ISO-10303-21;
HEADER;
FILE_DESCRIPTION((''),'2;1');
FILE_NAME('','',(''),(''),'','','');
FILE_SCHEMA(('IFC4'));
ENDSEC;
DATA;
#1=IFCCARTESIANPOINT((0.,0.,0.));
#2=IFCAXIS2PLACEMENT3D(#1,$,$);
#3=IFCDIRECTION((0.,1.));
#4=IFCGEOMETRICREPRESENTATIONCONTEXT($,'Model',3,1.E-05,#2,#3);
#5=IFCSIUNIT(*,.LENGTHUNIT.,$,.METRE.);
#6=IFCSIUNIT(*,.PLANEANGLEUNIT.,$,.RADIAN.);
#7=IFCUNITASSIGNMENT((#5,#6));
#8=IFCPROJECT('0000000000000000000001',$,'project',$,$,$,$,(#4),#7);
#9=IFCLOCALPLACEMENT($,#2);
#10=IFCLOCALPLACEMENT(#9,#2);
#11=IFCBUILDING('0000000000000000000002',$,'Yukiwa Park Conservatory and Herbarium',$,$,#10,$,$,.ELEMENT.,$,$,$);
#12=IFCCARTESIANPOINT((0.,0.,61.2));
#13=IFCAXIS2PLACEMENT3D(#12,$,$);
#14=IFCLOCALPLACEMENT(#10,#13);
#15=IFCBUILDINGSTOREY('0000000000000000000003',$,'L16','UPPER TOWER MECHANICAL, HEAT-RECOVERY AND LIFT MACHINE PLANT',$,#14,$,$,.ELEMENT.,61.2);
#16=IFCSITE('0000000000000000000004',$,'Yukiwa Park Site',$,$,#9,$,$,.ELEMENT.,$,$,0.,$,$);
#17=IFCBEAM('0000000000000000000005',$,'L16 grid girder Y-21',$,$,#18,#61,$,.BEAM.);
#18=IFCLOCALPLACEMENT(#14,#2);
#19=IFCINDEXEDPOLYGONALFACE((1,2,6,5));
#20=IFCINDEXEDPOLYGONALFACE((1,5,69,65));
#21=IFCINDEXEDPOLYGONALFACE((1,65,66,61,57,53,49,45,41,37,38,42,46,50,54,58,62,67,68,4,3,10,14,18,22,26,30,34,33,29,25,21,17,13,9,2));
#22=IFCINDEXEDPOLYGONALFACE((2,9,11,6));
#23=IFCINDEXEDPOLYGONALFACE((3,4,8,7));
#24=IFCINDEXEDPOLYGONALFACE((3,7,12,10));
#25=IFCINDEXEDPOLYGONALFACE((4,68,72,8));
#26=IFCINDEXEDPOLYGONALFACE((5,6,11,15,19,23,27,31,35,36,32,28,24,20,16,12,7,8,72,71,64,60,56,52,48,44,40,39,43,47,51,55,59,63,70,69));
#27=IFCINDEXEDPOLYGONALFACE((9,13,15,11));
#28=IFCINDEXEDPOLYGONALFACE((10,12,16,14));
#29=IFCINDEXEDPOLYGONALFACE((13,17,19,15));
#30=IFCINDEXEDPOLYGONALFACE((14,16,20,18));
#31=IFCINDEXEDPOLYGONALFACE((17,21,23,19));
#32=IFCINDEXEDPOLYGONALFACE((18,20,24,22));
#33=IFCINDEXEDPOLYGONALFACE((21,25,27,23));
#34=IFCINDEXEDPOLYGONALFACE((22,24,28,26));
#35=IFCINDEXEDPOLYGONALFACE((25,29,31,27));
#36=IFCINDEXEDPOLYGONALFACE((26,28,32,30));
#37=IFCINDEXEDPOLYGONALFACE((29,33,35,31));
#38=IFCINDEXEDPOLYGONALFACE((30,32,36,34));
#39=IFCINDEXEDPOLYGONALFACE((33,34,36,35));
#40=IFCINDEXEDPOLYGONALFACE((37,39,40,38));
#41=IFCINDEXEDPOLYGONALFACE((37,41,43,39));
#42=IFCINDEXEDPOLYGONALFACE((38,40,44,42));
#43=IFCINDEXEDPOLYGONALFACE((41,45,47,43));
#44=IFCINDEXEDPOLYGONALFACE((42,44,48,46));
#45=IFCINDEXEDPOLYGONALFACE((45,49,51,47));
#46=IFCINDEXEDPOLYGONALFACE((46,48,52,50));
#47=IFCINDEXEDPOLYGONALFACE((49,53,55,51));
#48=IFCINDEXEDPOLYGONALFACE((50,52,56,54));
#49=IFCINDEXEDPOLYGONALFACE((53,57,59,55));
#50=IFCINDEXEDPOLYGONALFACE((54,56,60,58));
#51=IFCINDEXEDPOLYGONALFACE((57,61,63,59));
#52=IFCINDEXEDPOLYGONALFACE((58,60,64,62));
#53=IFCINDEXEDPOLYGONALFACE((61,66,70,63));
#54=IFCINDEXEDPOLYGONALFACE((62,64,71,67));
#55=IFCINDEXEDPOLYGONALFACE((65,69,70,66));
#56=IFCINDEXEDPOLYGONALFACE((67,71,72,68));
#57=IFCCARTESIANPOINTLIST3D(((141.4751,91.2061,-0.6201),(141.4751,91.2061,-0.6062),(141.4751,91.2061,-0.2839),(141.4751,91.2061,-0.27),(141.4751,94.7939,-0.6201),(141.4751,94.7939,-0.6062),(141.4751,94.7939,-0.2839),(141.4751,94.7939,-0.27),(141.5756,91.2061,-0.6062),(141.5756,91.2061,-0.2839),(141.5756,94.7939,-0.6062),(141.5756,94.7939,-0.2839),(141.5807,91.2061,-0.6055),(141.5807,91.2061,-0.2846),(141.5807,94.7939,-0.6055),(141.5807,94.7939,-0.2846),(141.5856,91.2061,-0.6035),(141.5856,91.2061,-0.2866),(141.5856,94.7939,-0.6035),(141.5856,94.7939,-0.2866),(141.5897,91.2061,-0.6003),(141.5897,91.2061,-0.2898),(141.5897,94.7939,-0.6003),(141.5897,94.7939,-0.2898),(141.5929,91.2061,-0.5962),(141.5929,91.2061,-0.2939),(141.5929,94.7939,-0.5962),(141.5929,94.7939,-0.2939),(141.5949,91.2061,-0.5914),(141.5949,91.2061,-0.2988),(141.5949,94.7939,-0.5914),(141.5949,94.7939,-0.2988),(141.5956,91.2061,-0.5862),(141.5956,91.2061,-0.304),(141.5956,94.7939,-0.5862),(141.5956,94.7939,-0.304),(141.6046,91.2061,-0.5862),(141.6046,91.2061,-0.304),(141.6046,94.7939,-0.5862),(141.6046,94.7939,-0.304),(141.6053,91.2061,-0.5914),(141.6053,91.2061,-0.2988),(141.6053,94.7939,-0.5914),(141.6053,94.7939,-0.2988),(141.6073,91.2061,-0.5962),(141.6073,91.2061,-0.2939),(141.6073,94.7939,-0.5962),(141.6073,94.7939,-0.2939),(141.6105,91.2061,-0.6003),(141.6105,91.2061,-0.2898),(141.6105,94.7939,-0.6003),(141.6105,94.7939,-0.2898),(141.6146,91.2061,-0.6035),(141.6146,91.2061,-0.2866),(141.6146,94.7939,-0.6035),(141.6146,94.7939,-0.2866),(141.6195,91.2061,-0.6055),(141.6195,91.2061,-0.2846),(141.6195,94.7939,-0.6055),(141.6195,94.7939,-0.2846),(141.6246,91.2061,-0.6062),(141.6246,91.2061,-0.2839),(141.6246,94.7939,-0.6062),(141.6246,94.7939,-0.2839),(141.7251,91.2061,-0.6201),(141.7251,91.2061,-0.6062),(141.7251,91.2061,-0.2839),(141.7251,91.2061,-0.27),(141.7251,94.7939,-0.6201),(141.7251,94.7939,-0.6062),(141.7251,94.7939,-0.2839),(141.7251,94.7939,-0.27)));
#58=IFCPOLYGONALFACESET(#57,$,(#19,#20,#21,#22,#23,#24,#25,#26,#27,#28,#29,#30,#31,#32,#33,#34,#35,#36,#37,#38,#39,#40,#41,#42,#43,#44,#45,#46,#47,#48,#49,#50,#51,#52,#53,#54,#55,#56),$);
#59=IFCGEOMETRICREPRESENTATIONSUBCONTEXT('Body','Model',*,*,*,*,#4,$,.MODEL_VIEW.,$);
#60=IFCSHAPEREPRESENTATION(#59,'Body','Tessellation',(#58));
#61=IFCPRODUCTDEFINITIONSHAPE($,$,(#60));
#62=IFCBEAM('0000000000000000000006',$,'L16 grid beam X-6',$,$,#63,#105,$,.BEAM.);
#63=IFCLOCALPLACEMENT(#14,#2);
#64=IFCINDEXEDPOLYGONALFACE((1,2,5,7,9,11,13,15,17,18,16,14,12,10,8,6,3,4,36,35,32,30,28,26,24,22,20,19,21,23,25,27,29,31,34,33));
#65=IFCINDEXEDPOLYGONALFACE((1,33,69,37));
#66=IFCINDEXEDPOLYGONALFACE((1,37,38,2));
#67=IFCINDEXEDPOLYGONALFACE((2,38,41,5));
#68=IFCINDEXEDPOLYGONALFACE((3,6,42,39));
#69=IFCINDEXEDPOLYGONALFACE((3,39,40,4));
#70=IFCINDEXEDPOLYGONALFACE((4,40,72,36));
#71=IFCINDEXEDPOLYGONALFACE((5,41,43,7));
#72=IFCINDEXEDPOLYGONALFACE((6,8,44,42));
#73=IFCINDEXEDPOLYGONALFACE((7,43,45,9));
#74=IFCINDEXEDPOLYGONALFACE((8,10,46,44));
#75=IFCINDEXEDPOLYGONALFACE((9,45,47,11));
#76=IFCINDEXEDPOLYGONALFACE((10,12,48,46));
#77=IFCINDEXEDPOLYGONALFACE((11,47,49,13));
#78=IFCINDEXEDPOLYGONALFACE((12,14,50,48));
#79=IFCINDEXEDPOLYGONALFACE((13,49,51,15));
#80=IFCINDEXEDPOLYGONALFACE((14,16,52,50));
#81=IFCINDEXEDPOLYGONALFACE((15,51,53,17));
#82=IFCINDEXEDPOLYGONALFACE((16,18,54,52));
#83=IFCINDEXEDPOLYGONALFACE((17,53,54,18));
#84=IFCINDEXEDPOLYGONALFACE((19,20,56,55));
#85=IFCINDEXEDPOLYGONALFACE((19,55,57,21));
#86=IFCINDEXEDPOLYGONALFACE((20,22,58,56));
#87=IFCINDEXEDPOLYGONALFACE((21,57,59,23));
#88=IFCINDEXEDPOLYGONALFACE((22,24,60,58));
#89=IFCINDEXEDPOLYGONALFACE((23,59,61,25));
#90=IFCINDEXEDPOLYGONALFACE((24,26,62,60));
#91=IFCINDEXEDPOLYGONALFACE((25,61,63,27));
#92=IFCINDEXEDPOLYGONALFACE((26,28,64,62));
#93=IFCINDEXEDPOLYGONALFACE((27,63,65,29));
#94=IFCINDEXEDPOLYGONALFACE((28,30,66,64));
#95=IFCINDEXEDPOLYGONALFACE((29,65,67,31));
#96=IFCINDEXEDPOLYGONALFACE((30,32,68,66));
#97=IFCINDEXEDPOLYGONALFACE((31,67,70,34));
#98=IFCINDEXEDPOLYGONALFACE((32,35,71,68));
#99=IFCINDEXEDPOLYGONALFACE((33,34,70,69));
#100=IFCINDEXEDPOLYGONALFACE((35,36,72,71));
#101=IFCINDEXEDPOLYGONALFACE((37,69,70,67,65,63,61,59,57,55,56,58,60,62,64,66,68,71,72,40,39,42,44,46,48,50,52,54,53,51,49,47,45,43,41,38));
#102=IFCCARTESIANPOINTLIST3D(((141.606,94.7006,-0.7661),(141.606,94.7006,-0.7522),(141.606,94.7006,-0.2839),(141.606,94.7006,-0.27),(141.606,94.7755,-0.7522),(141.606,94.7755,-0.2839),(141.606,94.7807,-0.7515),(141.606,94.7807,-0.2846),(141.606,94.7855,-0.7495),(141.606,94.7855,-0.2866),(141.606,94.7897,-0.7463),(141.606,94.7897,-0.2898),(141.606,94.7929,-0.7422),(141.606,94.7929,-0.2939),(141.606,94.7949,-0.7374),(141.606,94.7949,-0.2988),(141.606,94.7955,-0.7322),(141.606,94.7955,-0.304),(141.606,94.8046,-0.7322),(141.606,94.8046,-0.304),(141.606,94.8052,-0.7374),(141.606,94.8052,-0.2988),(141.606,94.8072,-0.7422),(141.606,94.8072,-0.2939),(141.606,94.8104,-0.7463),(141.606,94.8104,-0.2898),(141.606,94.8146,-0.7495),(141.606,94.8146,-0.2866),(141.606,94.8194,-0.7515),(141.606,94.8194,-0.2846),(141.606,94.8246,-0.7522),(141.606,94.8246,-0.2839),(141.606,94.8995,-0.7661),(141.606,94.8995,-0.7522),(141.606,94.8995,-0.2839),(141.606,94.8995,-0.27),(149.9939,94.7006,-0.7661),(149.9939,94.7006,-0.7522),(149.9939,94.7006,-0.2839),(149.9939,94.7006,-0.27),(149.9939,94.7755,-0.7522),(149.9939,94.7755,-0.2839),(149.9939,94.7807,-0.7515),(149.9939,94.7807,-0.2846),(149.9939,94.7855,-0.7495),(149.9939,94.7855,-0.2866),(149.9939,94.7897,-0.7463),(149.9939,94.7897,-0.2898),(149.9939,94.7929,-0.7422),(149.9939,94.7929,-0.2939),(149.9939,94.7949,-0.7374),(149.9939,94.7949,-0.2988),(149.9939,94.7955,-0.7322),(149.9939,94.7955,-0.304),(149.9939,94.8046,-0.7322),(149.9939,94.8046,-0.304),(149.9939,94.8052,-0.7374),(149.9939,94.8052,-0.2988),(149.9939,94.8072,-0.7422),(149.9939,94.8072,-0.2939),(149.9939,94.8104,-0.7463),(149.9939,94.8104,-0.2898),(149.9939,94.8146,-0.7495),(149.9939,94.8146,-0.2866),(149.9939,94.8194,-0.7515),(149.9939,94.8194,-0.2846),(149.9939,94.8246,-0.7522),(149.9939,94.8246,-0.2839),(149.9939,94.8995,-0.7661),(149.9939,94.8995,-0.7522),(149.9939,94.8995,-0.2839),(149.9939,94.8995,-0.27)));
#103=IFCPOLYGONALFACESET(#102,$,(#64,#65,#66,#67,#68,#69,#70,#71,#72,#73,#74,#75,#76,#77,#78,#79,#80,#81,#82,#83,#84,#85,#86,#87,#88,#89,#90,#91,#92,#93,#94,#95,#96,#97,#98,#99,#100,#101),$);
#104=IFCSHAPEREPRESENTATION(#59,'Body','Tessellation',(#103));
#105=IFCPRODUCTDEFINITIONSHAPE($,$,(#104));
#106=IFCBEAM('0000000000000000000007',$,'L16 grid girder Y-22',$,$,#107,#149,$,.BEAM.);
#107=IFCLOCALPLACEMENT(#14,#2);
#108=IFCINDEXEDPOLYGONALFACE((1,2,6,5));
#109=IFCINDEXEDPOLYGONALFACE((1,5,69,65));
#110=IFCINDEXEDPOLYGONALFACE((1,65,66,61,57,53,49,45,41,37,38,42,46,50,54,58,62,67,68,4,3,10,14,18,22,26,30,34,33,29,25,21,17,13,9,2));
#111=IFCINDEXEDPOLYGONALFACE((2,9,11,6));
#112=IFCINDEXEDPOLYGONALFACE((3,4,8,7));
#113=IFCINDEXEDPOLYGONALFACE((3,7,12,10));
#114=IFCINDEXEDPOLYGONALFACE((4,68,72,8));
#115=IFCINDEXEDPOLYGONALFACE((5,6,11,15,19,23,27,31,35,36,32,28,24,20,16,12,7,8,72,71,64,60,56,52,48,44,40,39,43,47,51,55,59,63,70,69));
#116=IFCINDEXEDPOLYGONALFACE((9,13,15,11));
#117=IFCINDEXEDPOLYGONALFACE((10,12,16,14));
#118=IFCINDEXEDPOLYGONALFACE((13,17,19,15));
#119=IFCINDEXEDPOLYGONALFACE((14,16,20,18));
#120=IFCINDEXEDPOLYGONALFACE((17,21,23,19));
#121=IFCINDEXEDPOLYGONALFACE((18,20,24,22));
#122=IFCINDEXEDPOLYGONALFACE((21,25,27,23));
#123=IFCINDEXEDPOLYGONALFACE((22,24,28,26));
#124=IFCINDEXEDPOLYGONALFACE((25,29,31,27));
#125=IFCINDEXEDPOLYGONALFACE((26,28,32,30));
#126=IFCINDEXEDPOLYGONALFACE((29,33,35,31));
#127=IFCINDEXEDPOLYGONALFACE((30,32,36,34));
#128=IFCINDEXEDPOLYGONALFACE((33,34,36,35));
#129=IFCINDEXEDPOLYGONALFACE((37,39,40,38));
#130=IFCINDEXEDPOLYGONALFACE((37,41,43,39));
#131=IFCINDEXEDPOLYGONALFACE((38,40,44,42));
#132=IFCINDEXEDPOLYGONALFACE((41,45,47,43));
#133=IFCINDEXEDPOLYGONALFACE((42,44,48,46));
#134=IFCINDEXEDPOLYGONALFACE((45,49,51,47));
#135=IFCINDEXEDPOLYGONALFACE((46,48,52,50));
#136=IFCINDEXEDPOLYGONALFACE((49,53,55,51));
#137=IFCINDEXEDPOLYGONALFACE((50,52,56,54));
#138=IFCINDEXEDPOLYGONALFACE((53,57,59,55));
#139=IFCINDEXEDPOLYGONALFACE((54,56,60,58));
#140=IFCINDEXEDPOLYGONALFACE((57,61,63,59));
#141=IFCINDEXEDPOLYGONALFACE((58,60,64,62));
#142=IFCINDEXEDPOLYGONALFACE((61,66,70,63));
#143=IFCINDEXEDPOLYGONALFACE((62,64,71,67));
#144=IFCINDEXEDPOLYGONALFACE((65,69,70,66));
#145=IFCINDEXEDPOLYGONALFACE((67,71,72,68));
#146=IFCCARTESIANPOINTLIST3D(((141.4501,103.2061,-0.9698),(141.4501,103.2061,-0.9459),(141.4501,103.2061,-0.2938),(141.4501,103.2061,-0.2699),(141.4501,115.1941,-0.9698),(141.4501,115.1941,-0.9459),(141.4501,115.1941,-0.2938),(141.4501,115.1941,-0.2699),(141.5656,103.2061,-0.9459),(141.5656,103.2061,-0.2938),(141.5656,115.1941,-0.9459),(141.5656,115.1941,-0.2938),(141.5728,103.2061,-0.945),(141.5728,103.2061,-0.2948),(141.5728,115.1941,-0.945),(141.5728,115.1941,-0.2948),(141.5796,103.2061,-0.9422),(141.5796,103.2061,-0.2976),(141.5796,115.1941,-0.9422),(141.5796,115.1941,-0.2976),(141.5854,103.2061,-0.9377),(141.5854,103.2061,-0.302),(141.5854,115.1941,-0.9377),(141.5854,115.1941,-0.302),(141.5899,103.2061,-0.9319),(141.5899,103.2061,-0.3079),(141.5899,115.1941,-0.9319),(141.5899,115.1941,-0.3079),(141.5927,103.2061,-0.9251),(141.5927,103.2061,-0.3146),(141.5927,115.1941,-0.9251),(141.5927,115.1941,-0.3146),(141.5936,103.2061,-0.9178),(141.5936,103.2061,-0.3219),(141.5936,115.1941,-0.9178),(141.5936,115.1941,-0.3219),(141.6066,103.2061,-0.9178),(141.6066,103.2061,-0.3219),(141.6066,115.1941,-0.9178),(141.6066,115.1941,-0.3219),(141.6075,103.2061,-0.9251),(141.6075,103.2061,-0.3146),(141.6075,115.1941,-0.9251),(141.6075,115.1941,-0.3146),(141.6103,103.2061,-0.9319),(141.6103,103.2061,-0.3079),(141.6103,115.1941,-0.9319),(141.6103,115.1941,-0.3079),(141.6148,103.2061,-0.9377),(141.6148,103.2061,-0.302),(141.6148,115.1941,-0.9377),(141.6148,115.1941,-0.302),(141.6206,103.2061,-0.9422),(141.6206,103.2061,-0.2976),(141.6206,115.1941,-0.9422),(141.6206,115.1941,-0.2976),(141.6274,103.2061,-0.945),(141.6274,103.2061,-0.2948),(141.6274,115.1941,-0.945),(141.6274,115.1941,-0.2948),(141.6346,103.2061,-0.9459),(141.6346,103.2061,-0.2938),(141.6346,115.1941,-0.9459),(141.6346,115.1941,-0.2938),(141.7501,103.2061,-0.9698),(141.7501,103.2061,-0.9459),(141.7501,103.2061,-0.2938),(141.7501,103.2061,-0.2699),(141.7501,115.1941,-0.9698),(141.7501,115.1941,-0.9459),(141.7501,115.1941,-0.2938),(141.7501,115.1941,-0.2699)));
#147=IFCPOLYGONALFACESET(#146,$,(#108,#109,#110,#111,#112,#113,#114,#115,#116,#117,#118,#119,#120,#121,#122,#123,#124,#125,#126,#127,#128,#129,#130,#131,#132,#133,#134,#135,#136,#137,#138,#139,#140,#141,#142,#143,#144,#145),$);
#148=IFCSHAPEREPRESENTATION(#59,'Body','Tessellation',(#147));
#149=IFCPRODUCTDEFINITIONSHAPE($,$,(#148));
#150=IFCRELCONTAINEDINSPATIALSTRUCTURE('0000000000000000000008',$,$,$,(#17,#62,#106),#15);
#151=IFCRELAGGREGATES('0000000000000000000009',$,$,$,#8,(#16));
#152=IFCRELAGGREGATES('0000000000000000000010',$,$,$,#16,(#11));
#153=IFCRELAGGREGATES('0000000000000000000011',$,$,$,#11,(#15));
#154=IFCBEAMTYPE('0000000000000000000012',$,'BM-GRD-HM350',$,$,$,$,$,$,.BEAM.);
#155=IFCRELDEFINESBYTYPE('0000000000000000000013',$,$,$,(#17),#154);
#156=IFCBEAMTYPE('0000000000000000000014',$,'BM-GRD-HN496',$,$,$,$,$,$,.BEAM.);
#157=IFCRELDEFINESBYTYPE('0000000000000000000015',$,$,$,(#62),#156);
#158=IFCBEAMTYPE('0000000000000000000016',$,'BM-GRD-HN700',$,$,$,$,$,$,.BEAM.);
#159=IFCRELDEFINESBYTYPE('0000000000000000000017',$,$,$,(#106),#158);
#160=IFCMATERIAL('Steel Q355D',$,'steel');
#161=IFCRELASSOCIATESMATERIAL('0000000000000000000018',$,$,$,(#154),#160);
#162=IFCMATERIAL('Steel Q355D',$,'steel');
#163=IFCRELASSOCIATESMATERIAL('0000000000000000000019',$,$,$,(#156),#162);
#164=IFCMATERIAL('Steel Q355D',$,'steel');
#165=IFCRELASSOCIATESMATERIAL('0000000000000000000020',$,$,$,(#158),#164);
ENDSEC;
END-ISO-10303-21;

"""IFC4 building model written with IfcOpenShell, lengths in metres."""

from ifc_helpers import new_model, si_unit, direction, frame, origin, origin_2d, place, context, subcontext, project, spatial, i_section, extrude, material, material_profile, profile_set, type_object, element, save


model = new_model("IFC4")

# Units and contexts
model_context = context("Model", 3, precision=1e-05, world=origin(), true_north=direction((0.0, 1.0)))
body_context = subcontext(model_context, "Body", "Model", "MODEL_VIEW")
ifc_project = project(units=[si_unit("LENGTHUNIT", "METRE"), si_unit("PLANEANGLEUNIT", "RADIAN")], contexts=[model_context])

# Site, building, storey
site_placement = place(None, origin())
site = spatial("IfcSite", under=ifc_project, at=site_placement, Name="Yukiwa Park Site", CompositionType="ELEMENT", RefElevation=0.0)
building_placement = place(site_placement, origin())
building = spatial("IfcBuilding", under=site, at=building_placement, Name="Yukiwa Park Conservatory and Herbarium", CompositionType="ELEMENT")
storey_placement = place(building_placement, frame((0.0, 0.0, 61.2)))
storey = spatial("IfcBuildingStorey", under=building, at=storey_placement, Name="L16", Description="UPPER TOWER MECHANICAL, HEAT-RECOVERY AND LIFT MACHINE PLANT", CompositionType="ELEMENT", Elevation=61.2)

# Beams
ifc_material_1 = material(Name="Steel Q355D", Category="steel")
ifc_material_profile_1 = material_profile(ifc_material_1, i_section(OverallWidth=0.25, OverallDepth=0.3501, WebThickness=0.009, FlangeThickness=0.0139, FilletRadius=0.02, at=origin_2d()), Name="HM 350x250x9x14")
ifc_profile_set_1 = profile_set([ifc_material_profile_1], Name="Steel Q355D")
beam_type_1 = type_object("IfcBeamType", Name="BM-GRD-HM350", PredefinedType="BEAM", material=ifc_profile_set_1)
beam_1_placement = place(storey_placement, frame((141.6001, 91.2061, -0.4451), z_axis=(0.0, 1.0, 0.0), x_axis=(-1.0, 0.0, 0.0)))
element("IfcBeam", 1, at=beam_1_placement, inside=storey, type_object=beam_type_1, Name="L16 grid girder Y-21", PredefinedType="BEAM", context=body_context, shape_type="SweptSolid", body=[
    extrude(i_section(OverallWidth=0.25, OverallDepth=0.3501, WebThickness=0.009, FlangeThickness=0.0139, FilletRadius=0.02, at=origin_2d()), origin(), (0.0, 0.0, 1.0), 3.5879),
])
ifc_material_2 = material(Name="Steel Q355D", Category="steel")
ifc_material_profile_2 = material_profile(ifc_material_2, i_section(OverallWidth=0.199, OverallDepth=0.4961, WebThickness=0.009, FlangeThickness=0.0139, FilletRadius=0.02, at=origin_2d()), Name="HN 496x199x9x14")
ifc_profile_set_2 = profile_set([ifc_material_profile_2], Name="Steel Q355D")
beam_type_2 = type_object("IfcBeamType", Name="BM-GRD-HN496", PredefinedType="BEAM", material=ifc_profile_set_2)
beam_2_placement = place(storey_placement, frame((141.606, 94.8, -0.5181), z_axis=(1.0, 0.0, 0.0), x_axis=(0.0, 1.0, 0.0)))
element("IfcBeam", 2, at=beam_2_placement, inside=storey, type_object=beam_type_2, Name="L16 grid beam X-6", PredefinedType="BEAM", context=body_context, shape_type="SweptSolid", body=[
    extrude(i_section(OverallWidth=0.199, OverallDepth=0.4961, WebThickness=0.009, FlangeThickness=0.0139, FilletRadius=0.02, at=origin_2d()), origin(), (0.0, 0.0, 1.0), 8.3879),
])
ifc_material_3 = material(Name="Steel Q355D", Category="steel")
ifc_material_profile_3 = material_profile(ifc_material_3, i_section(OverallWidth=0.3, OverallDepth=0.7, WebThickness=0.0129, FlangeThickness=0.0239, FilletRadius=0.0281, at=origin_2d()), Name="HN 700x300x13x24")
ifc_profile_set_3 = profile_set([ifc_material_profile_3], Name="Steel Q355D")
beam_type_3 = type_object("IfcBeamType", Name="BM-GRD-HN700", PredefinedType="BEAM", material=ifc_profile_set_3)
beam_3_placement = place(storey_placement, frame((141.6001, 103.2061, -0.6199), z_axis=(0.0, 1.0, 0.0), x_axis=(-1.0, 0.0, 0.0)))
element("IfcBeam", 3, at=beam_3_placement, inside=storey, type_object=beam_type_3, Name="L16 grid girder Y-22", PredefinedType="BEAM", context=body_context, shape_type="SweptSolid", body=[
    extrude(i_section(OverallWidth=0.3, OverallDepth=0.7, WebThickness=0.0129, FlangeThickness=0.0239, FilletRadius=0.0281, at=origin_2d()), origin(), (0.0, 0.0, 1.0), 11.988),
])

save(model, "model.ifc")
